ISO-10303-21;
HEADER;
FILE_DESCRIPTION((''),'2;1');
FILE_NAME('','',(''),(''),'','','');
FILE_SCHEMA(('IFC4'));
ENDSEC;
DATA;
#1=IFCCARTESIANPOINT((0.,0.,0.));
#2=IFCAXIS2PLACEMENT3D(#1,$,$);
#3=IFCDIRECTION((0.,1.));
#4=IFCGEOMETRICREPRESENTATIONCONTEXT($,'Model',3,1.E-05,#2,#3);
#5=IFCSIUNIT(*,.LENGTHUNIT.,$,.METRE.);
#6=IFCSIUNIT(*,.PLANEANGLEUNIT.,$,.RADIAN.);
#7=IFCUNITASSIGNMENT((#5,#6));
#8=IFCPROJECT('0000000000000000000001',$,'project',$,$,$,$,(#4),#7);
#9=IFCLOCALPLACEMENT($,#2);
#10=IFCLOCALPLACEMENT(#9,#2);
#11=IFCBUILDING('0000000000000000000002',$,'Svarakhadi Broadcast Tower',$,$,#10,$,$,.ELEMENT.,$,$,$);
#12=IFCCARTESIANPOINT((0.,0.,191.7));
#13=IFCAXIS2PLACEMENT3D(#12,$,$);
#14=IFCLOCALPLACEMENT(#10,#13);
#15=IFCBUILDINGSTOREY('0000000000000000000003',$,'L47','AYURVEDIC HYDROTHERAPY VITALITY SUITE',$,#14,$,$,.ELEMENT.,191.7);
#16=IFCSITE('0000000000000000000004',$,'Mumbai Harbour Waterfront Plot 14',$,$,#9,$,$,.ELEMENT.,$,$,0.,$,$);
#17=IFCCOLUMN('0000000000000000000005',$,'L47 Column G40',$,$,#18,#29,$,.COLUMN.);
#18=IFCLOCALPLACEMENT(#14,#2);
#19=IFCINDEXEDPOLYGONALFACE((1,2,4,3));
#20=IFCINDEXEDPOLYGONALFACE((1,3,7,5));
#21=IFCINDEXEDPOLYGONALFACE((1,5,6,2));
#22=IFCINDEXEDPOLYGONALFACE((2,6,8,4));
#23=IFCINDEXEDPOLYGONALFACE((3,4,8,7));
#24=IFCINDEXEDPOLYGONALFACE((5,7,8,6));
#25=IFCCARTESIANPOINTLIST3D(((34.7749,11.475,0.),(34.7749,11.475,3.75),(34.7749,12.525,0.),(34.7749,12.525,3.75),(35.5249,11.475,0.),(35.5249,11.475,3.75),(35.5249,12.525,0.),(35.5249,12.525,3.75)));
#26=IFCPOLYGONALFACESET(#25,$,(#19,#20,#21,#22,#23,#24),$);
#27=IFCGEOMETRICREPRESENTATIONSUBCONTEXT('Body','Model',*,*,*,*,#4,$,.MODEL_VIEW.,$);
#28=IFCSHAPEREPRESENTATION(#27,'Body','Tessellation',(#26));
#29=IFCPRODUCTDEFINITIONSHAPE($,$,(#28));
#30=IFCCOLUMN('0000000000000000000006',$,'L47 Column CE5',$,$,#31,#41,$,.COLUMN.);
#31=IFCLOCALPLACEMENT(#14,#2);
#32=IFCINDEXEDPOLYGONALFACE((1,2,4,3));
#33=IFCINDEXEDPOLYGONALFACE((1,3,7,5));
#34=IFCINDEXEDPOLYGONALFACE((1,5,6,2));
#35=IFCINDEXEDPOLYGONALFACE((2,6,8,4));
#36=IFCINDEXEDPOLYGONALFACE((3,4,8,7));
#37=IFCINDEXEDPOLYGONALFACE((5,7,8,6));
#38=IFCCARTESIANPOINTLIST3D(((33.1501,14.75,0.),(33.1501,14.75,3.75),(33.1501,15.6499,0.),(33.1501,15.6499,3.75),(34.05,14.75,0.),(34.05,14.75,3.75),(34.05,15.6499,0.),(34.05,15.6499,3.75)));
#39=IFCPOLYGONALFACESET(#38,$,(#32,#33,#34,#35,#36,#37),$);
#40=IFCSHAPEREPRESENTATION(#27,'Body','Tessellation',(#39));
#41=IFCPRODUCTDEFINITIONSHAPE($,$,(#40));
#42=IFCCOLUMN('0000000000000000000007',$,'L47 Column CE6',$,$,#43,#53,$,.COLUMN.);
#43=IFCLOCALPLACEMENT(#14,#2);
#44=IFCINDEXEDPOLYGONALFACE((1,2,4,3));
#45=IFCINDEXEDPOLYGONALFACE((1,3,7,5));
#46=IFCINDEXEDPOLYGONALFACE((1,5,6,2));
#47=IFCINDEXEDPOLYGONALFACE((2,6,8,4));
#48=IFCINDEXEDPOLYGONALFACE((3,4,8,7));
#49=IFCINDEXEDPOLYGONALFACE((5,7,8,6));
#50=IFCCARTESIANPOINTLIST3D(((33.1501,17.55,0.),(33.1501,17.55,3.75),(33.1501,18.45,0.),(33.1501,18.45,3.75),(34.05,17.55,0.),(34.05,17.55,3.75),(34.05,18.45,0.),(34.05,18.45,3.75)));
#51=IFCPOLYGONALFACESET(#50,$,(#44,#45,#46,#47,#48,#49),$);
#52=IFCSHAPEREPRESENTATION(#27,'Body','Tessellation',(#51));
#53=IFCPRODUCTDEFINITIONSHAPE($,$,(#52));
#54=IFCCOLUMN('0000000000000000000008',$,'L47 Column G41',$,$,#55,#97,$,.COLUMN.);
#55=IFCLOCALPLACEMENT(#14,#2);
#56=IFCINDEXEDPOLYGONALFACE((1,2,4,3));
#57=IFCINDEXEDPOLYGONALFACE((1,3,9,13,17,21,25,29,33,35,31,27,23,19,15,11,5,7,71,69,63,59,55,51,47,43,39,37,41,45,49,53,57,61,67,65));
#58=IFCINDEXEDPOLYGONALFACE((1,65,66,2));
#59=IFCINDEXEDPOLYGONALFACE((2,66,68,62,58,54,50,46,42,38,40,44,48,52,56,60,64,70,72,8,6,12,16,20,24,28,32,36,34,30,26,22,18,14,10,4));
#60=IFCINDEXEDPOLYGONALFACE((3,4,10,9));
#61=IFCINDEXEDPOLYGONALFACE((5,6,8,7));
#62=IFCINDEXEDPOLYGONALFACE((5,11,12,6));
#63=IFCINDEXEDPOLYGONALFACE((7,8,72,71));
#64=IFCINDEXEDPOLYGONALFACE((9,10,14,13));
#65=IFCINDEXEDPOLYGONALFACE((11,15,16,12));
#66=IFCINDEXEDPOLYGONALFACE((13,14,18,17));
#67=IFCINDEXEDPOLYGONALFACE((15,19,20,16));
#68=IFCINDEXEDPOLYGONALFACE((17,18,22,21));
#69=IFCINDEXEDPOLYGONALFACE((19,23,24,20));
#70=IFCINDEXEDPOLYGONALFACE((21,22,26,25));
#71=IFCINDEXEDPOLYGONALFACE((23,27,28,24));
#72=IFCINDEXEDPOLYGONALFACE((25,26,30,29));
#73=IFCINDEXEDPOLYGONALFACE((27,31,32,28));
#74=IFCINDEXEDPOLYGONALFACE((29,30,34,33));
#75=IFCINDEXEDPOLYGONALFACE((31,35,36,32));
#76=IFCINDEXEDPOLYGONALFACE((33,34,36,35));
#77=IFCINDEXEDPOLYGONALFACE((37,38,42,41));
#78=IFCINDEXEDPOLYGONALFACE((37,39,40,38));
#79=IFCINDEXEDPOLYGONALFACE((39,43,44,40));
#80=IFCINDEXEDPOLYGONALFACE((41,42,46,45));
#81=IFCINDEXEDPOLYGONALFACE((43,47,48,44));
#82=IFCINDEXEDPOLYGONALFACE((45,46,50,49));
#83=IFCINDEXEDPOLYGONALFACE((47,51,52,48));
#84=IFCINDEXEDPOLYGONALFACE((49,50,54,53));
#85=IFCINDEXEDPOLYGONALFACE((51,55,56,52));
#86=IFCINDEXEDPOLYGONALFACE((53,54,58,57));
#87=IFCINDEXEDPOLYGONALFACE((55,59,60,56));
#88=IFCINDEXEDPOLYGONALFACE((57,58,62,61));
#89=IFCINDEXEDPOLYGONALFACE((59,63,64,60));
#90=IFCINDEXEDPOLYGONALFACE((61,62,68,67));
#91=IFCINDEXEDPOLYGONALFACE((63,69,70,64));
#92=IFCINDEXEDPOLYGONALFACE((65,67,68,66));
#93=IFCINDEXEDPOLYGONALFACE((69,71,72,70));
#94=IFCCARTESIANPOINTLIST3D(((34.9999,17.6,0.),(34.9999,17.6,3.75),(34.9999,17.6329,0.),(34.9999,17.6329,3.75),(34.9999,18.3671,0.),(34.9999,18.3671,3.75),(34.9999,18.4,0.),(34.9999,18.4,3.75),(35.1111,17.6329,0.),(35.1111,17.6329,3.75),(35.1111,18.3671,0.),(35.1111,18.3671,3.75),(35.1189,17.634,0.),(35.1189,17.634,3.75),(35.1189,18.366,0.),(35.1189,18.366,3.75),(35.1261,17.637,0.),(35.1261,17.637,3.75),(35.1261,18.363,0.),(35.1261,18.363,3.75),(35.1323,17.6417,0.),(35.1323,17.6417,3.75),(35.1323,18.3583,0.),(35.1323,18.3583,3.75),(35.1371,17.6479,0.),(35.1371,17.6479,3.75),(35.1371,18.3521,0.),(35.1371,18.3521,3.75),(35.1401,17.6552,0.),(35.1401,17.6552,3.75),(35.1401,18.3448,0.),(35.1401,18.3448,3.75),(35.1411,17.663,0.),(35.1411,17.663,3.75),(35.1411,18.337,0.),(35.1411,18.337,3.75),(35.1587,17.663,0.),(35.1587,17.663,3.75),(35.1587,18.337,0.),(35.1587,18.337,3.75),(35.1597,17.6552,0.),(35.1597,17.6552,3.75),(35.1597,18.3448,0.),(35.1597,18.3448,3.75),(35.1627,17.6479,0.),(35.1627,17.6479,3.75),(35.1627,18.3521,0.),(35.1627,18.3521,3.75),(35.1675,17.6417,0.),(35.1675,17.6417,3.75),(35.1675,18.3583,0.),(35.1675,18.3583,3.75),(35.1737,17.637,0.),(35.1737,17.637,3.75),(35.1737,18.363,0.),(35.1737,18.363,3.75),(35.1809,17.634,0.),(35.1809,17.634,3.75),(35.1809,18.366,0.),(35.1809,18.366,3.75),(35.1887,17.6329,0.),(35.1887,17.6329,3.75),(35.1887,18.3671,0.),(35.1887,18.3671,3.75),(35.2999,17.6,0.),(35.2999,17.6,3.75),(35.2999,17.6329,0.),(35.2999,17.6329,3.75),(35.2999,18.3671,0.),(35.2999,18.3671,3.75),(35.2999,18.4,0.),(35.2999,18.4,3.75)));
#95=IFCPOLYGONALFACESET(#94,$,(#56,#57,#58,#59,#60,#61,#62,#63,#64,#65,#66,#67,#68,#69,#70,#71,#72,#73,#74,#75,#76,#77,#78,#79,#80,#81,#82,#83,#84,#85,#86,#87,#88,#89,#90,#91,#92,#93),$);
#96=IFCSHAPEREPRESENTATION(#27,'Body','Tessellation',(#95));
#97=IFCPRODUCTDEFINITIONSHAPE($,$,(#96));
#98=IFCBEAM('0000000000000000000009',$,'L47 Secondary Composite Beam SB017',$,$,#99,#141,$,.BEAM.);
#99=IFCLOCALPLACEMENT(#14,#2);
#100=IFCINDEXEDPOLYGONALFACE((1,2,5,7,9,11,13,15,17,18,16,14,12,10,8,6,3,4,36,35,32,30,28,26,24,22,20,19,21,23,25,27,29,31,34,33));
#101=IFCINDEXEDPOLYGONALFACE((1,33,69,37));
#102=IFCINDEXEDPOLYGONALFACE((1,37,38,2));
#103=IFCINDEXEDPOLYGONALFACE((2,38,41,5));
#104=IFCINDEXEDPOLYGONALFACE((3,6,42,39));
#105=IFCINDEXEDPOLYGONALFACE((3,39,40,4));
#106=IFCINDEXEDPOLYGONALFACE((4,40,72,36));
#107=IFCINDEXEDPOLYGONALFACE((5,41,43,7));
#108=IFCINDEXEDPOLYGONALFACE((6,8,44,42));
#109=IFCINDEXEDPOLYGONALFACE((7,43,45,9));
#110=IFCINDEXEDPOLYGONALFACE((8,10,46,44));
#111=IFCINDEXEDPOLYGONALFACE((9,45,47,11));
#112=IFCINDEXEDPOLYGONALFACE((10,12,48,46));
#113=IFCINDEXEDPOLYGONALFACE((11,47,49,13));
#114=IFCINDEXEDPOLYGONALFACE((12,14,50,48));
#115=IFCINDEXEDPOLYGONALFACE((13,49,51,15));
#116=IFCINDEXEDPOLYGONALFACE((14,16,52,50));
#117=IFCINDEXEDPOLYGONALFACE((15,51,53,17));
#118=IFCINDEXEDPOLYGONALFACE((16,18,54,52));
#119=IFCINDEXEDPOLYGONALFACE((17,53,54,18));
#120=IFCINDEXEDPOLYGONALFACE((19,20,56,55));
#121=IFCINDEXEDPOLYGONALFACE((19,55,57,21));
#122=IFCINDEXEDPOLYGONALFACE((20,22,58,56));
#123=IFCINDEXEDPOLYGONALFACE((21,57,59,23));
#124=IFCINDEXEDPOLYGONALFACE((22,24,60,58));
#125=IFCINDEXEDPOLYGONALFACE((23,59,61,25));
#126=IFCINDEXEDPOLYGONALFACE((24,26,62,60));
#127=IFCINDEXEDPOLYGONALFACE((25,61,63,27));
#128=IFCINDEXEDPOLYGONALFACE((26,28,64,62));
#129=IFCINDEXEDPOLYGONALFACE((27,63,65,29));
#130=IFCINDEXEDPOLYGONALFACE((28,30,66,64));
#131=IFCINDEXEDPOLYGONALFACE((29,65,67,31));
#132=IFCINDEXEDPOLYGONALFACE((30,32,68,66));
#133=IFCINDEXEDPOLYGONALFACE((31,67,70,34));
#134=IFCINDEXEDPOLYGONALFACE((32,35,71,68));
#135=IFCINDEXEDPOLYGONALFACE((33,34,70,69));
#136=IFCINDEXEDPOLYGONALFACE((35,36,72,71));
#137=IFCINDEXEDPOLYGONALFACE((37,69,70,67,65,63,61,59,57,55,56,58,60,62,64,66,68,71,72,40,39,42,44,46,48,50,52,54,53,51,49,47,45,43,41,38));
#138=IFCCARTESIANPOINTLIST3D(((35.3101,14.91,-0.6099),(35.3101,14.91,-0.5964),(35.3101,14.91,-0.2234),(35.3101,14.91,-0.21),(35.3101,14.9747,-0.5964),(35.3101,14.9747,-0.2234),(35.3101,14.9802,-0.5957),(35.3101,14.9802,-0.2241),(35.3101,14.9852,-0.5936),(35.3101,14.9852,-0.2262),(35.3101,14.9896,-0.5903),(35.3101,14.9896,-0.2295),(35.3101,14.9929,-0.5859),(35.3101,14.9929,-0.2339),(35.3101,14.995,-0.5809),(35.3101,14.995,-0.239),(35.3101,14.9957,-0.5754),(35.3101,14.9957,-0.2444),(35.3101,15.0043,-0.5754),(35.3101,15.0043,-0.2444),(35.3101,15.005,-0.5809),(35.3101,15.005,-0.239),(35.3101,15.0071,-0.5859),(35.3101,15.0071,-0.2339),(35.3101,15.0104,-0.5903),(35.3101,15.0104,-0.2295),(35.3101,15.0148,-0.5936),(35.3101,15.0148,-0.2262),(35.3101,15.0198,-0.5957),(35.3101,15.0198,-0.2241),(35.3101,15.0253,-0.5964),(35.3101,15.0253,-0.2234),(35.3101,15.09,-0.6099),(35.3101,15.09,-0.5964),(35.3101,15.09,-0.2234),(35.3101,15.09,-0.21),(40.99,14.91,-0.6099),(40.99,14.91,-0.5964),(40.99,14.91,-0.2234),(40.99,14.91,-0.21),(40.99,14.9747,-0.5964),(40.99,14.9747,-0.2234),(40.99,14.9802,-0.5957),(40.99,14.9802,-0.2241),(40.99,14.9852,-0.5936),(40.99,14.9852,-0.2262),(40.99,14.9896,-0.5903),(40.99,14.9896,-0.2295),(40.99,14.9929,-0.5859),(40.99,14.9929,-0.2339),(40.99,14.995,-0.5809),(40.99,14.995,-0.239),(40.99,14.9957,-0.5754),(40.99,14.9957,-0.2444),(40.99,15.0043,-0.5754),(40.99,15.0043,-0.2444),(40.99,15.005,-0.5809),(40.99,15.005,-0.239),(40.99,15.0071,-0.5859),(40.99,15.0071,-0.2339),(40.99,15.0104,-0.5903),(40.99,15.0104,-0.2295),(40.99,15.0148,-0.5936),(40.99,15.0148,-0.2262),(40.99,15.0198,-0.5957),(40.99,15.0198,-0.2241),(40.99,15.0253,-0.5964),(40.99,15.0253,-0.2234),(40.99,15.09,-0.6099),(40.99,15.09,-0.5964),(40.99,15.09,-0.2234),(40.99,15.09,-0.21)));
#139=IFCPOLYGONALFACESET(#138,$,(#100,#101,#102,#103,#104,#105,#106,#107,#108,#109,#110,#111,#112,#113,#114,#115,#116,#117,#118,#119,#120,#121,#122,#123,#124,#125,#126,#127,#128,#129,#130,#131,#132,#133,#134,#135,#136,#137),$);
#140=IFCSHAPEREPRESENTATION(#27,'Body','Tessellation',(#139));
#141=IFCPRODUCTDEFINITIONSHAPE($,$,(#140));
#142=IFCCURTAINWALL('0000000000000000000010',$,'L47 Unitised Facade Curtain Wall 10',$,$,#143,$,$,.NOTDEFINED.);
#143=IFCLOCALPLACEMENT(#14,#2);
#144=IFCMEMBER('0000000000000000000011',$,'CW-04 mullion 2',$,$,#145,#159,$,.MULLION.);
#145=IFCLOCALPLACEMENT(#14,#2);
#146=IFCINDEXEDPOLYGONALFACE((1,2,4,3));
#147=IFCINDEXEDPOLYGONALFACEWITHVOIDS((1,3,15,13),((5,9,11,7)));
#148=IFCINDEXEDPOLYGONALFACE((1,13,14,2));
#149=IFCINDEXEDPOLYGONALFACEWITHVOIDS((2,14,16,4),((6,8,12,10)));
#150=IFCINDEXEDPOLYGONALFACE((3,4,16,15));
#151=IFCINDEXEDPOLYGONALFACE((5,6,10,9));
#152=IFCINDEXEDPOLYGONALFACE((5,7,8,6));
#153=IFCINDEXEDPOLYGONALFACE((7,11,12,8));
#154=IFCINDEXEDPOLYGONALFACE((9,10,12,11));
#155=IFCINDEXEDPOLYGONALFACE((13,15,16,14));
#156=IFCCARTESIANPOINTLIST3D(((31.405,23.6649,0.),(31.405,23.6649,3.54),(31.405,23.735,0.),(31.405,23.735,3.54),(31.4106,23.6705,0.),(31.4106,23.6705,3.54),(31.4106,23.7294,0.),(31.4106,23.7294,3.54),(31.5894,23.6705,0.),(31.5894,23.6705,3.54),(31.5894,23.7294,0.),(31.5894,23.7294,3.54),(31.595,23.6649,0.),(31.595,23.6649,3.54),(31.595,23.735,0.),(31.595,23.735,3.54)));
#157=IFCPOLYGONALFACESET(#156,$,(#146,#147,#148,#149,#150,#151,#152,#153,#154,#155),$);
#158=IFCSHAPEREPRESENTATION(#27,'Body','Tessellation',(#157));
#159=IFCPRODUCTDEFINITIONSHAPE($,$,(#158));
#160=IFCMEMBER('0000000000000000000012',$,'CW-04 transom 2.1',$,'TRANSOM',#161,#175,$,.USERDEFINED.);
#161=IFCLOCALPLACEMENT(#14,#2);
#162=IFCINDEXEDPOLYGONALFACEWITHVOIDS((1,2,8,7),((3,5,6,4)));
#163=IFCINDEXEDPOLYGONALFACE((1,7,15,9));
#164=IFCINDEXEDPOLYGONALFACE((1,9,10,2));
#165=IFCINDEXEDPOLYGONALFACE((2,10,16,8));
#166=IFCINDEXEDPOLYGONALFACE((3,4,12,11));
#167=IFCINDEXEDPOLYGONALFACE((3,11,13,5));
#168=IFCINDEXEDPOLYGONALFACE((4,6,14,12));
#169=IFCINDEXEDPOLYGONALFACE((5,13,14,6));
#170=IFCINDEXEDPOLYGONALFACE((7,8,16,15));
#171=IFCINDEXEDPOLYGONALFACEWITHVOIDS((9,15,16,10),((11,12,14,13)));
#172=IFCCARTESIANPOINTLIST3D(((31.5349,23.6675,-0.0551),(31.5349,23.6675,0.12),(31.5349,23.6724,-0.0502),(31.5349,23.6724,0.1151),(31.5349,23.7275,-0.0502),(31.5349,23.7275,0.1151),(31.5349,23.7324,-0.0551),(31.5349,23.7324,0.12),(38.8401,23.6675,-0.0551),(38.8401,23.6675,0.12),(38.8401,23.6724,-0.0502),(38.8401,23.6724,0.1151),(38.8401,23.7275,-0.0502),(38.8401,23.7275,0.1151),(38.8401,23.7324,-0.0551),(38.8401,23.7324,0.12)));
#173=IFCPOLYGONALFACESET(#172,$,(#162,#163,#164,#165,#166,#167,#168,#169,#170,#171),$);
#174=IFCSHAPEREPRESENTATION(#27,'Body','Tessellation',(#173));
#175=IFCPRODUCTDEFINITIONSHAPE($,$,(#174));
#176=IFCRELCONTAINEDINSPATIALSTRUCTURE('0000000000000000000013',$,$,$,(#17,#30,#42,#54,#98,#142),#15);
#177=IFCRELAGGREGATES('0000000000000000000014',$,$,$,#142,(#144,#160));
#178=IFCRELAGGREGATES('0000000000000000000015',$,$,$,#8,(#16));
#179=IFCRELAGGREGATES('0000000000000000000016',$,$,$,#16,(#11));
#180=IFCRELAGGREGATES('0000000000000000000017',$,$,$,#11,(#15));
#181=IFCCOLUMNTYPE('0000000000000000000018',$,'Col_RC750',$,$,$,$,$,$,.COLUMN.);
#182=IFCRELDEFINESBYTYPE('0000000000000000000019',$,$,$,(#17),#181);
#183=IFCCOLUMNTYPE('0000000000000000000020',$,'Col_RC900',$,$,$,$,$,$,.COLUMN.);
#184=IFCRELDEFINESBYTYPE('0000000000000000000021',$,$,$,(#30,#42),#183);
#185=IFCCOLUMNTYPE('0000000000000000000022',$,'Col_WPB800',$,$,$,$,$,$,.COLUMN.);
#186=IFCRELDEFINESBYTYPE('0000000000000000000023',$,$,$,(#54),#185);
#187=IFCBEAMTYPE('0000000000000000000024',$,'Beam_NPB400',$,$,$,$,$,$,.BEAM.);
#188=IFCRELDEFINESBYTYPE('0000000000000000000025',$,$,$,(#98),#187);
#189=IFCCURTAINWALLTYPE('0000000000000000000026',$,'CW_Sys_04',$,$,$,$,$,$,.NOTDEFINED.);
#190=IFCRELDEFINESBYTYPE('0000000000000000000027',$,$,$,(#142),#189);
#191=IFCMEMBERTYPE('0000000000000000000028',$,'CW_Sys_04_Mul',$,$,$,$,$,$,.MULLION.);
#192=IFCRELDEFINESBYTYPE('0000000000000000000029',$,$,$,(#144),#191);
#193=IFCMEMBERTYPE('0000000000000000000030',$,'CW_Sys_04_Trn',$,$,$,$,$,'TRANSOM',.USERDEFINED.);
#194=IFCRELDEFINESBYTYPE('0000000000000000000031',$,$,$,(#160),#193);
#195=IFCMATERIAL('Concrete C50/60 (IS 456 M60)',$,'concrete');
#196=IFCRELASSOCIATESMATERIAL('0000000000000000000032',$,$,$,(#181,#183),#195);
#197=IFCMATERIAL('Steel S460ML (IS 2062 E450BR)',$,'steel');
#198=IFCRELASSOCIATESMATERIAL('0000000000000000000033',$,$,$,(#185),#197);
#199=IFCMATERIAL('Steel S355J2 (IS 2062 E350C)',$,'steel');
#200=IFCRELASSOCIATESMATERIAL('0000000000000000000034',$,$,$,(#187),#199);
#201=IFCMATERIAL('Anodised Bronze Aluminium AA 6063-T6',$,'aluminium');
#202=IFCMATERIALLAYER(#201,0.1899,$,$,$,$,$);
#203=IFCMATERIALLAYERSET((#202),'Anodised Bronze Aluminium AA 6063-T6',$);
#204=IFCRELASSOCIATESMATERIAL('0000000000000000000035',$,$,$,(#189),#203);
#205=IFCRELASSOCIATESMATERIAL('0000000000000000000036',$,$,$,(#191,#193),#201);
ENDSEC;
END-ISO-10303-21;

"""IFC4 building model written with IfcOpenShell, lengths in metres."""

from ifc_helpers import new_model, si_unit, direction, frame, origin, origin_2d, place, context, subcontext, project, spatial, rectangle, hollow_rectangle, i_section, extrude, material, layer, layer_set, material_profile, profile_set, type_object, element, aggregate, save


model = new_model("IFC4")

# Units and contexts
model_context = context("Model", 3, precision=1e-05, world=origin(), true_north=direction((0.0, 1.0)))
body_context = subcontext(model_context, "Body", "Model", "MODEL_VIEW")
ifc_project = project(units=[si_unit("LENGTHUNIT", "METRE"), si_unit("PLANEANGLEUNIT", "RADIAN")], contexts=[model_context])

# Site, building, storey
site_placement = place(None, origin())
site = spatial("IfcSite", under=ifc_project, at=site_placement, Name="Mumbai Harbour Waterfront Plot 14", CompositionType="ELEMENT", RefElevation=0.0)
building_placement = place(site_placement, origin())
building = spatial("IfcBuilding", under=site, at=building_placement, Name="Svarakhadi Broadcast Tower", CompositionType="ELEMENT")
storey_placement = place(building_placement, frame((0.0, 0.0, 191.7)))
storey = spatial("IfcBuildingStorey", under=building, at=storey_placement, Name="L47", Description="AYURVEDIC HYDROTHERAPY VITALITY SUITE", CompositionType="ELEMENT", Elevation=191.7)

# Columns
ifc_material_1 = material(Name="Concrete C50/60 (IS 456 M60)", Category="concrete")
ifc_material_profile_1 = material_profile(ifc_material_1, rectangle(XDim=0.75, YDim=1.05, at=origin_2d()), Name="RC 750x1050")
ifc_profile_set_1 = profile_set([ifc_material_profile_1], Name="Concrete C50/60 (IS 456 M60)")
column_type_1 = type_object("IfcColumnType", Name="Col_RC750", PredefinedType="COLUMN", material=ifc_profile_set_1)
column_1_placement = place(storey_placement, frame((35.1499, 12.0, 0.0), z_axis=(0.0, 0.0, 1.0), x_axis=(1.0, 0.0, 0.0)))
element("IfcColumn", 1, at=column_1_placement, inside=storey, type_object=column_type_1, Name="L47 Column G40", PredefinedType="COLUMN", context=body_context, shape_type="SweptSolid", body=[
    extrude(rectangle(XDim=0.75, YDim=1.05, at=origin_2d()), origin(), (0.0, 0.0, 1.0), 3.75),
])
ifc_material_profile_2 = material_profile(ifc_material_1, rectangle(XDim=0.8999, YDim=0.8999, at=origin_2d()), Name="RC 900x900")
ifc_profile_set_2 = profile_set([ifc_material_profile_2], Name="Concrete C50/60 (IS 456 M60)")
column_type_2 = type_object("IfcColumnType", Name="Col_RC900", PredefinedType="COLUMN", material=ifc_profile_set_2)
for number, where, z_axis, x_axis, name in (
    (2, (33.6001, 15.2, 0.0), (0.0, 0.0, 1.0), (1.0, 0.0, 0.0), "L47 Column CE5"),
    (3, (33.6001, 18.0, 0.0), (0.0, 0.0, 1.0), (1.0, 0.0, 0.0), "L47 Column CE6"),
):
    element("IfcColumn", number, at=place(storey_placement, frame(where, z_axis=z_axis, x_axis=x_axis)), inside=storey, type_object=column_type_2, Name=name, PredefinedType="COLUMN", context=body_context, shape_type="SweptSolid", body=[
        extrude(rectangle(XDim=0.8999, YDim=0.8999, at=origin_2d()), origin(), (0.0, 0.0, 1.0), 3.75),
    ])
ifc_material_2 = material(Name="Steel S460ML (IS 2062 E450BR)", Category="steel")
ifc_material_profile_3 = material_profile(ifc_material_2, i_section(OverallWidth=0.3, OverallDepth=0.8, WebThickness=0.0176, FlangeThickness=0.033, FilletRadius=0.03, at=origin_2d()), Name="WPB 800x300x262")
ifc_profile_set_3 = profile_set([ifc_material_profile_3], Name="Steel S460ML (IS 2062 E450BR)")
column_type_3 = type_object("IfcColumnType", Name="Col_WPB800", PredefinedType="COLUMN", material=ifc_profile_set_3)
column_2_placement = place(storey_placement, frame((35.1499, 18.0, 0.0), z_axis=(0.0, 0.0, 1.0), x_axis=(1.0, 0.0, 0.0)))
element("IfcColumn", 4, at=column_2_placement, inside=storey, type_object=column_type_3, Name="L47 Column G41", PredefinedType="COLUMN", context=body_context, shape_type="SweptSolid", body=[
    extrude(i_section(OverallWidth=0.3, OverallDepth=0.8, WebThickness=0.0176, FlangeThickness=0.033, FilletRadius=0.03, at=origin_2d()), origin(), (0.0, 0.0, 1.0), 3.75),
])

# Beam
ifc_material_3 = material(Name="Steel S355J2 (IS 2062 E350C)", Category="steel")
ifc_material_profile_4 = material_profile(ifc_material_3, i_section(OverallWidth=0.1799, OverallDepth=0.3999, WebThickness=0.0085, FlangeThickness=0.0134, FilletRadius=0.021, at=origin_2d()), Name="NPB 400x180x66")
ifc_profile_set_4 = profile_set([ifc_material_profile_4], Name="Steel S355J2 (IS 2062 E350C)")
beam_type_1 = type_object("IfcBeamType", Name="Beam_NPB400", PredefinedType="BEAM", material=ifc_profile_set_4)
beam_1_placement = place(storey_placement, frame((35.3101, 15.0, -0.4099), z_axis=(1.0, 0.0, 0.0), x_axis=(0.0, 1.0, 0.0)))
element("IfcBeam", 5, at=beam_1_placement, inside=storey, type_object=beam_type_1, Name="L47 Secondary Composite Beam SB017", PredefinedType="BEAM", context=body_context, shape_type="SweptSolid", body=[
    extrude(i_section(OverallWidth=0.1799, OverallDepth=0.3999, WebThickness=0.0085, FlangeThickness=0.0134, FilletRadius=0.021, at=origin_2d()), origin(), (0.0, 0.0, 1.0), 5.6799),
])

# Curtain wall, members
ifc_material_4 = material(Name="Anodised Bronze Aluminium AA 6063-T6", Category="aluminium")
ifc_layer_1 = layer(ifc_material_4, 0.1899)
ifc_layer_set_1 = layer_set([ifc_layer_1], Name="Anodised Bronze Aluminium AA 6063-T6")
curtain_wall_type = type_object("IfcCurtainWallType", Name="CW_Sys_04", PredefinedType="NOTDEFINED", material=ifc_layer_set_1)
curtain_wall_placement = place(storey_placement, origin())
curtain_wall = element("IfcCurtainWall", 6, at=curtain_wall_placement, inside=storey, type_object=curtain_wall_type, Name="L47 Unitised Facade Curtain Wall 10", PredefinedType="NOTDEFINED")
ifc_material_profile_5 = material_profile(ifc_material_4, hollow_rectangle(XDim=0.0701, YDim=0.1899, WallThickness=0.0056, at=origin_2d()), Name="ALU MULLION 190x70x6")
ifc_profile_set_5 = profile_set([ifc_material_profile_5], Name="Anodised Bronze Aluminium AA 6063-T6")
member_type_1 = type_object("IfcMemberType", Name="CW_Sys_04_Mul", PredefinedType="MULLION", material=ifc_profile_set_5)
member_1_placement = place(storey_placement, frame((31.5, 23.7, 0.0), z_axis=(0.0, 0.0, 1.0), x_axis=(0.0, 1.0, 0.0)))
member_1 = element("IfcMember", 7, at=member_1_placement, type_object=member_type_1, Name="CW-04 mullion 2", PredefinedType="MULLION", context=body_context, shape_type="SweptSolid", body=[
    extrude(hollow_rectangle(XDim=0.0701, YDim=0.1899, WallThickness=0.0056, at=origin_2d()), origin(), (0.0, 0.0, 1.0), 3.54),
])
ifc_material_profile_6 = material_profile(ifc_material_4, hollow_rectangle(XDim=0.0649, YDim=0.175, WallThickness=0.0049, at=origin_2d()), Name="ALU TRANSOM 175x65x5")
ifc_profile_set_6 = profile_set([ifc_material_profile_6], Name="Anodised Bronze Aluminium AA 6063-T6")
member_type_2 = type_object("IfcMemberType", Name="CW_Sys_04_Trn", ElementType="TRANSOM", PredefinedType="USERDEFINED", material=ifc_profile_set_6)
member_2_placement = place(storey_placement, frame((31.5349, 23.7, 0.0325), z_axis=(1.0, 0.0, 0.0), x_axis=(0.0, 1.0, 0.0)))
member_2 = element("IfcMember", 8, at=member_2_placement, type_object=member_type_2, Name="CW-04 transom 2.1", ObjectType="TRANSOM", PredefinedType="USERDEFINED", context=body_context, shape_type="SweptSolid", body=[
    extrude(hollow_rectangle(XDim=0.0649, YDim=0.175, WallThickness=0.0049, at=origin_2d()), origin(), (0.0, 0.0, 1.0), 7.3052),
])

aggregate(curtain_wall, [member_1, member_2])

save(model, "model.ifc")
